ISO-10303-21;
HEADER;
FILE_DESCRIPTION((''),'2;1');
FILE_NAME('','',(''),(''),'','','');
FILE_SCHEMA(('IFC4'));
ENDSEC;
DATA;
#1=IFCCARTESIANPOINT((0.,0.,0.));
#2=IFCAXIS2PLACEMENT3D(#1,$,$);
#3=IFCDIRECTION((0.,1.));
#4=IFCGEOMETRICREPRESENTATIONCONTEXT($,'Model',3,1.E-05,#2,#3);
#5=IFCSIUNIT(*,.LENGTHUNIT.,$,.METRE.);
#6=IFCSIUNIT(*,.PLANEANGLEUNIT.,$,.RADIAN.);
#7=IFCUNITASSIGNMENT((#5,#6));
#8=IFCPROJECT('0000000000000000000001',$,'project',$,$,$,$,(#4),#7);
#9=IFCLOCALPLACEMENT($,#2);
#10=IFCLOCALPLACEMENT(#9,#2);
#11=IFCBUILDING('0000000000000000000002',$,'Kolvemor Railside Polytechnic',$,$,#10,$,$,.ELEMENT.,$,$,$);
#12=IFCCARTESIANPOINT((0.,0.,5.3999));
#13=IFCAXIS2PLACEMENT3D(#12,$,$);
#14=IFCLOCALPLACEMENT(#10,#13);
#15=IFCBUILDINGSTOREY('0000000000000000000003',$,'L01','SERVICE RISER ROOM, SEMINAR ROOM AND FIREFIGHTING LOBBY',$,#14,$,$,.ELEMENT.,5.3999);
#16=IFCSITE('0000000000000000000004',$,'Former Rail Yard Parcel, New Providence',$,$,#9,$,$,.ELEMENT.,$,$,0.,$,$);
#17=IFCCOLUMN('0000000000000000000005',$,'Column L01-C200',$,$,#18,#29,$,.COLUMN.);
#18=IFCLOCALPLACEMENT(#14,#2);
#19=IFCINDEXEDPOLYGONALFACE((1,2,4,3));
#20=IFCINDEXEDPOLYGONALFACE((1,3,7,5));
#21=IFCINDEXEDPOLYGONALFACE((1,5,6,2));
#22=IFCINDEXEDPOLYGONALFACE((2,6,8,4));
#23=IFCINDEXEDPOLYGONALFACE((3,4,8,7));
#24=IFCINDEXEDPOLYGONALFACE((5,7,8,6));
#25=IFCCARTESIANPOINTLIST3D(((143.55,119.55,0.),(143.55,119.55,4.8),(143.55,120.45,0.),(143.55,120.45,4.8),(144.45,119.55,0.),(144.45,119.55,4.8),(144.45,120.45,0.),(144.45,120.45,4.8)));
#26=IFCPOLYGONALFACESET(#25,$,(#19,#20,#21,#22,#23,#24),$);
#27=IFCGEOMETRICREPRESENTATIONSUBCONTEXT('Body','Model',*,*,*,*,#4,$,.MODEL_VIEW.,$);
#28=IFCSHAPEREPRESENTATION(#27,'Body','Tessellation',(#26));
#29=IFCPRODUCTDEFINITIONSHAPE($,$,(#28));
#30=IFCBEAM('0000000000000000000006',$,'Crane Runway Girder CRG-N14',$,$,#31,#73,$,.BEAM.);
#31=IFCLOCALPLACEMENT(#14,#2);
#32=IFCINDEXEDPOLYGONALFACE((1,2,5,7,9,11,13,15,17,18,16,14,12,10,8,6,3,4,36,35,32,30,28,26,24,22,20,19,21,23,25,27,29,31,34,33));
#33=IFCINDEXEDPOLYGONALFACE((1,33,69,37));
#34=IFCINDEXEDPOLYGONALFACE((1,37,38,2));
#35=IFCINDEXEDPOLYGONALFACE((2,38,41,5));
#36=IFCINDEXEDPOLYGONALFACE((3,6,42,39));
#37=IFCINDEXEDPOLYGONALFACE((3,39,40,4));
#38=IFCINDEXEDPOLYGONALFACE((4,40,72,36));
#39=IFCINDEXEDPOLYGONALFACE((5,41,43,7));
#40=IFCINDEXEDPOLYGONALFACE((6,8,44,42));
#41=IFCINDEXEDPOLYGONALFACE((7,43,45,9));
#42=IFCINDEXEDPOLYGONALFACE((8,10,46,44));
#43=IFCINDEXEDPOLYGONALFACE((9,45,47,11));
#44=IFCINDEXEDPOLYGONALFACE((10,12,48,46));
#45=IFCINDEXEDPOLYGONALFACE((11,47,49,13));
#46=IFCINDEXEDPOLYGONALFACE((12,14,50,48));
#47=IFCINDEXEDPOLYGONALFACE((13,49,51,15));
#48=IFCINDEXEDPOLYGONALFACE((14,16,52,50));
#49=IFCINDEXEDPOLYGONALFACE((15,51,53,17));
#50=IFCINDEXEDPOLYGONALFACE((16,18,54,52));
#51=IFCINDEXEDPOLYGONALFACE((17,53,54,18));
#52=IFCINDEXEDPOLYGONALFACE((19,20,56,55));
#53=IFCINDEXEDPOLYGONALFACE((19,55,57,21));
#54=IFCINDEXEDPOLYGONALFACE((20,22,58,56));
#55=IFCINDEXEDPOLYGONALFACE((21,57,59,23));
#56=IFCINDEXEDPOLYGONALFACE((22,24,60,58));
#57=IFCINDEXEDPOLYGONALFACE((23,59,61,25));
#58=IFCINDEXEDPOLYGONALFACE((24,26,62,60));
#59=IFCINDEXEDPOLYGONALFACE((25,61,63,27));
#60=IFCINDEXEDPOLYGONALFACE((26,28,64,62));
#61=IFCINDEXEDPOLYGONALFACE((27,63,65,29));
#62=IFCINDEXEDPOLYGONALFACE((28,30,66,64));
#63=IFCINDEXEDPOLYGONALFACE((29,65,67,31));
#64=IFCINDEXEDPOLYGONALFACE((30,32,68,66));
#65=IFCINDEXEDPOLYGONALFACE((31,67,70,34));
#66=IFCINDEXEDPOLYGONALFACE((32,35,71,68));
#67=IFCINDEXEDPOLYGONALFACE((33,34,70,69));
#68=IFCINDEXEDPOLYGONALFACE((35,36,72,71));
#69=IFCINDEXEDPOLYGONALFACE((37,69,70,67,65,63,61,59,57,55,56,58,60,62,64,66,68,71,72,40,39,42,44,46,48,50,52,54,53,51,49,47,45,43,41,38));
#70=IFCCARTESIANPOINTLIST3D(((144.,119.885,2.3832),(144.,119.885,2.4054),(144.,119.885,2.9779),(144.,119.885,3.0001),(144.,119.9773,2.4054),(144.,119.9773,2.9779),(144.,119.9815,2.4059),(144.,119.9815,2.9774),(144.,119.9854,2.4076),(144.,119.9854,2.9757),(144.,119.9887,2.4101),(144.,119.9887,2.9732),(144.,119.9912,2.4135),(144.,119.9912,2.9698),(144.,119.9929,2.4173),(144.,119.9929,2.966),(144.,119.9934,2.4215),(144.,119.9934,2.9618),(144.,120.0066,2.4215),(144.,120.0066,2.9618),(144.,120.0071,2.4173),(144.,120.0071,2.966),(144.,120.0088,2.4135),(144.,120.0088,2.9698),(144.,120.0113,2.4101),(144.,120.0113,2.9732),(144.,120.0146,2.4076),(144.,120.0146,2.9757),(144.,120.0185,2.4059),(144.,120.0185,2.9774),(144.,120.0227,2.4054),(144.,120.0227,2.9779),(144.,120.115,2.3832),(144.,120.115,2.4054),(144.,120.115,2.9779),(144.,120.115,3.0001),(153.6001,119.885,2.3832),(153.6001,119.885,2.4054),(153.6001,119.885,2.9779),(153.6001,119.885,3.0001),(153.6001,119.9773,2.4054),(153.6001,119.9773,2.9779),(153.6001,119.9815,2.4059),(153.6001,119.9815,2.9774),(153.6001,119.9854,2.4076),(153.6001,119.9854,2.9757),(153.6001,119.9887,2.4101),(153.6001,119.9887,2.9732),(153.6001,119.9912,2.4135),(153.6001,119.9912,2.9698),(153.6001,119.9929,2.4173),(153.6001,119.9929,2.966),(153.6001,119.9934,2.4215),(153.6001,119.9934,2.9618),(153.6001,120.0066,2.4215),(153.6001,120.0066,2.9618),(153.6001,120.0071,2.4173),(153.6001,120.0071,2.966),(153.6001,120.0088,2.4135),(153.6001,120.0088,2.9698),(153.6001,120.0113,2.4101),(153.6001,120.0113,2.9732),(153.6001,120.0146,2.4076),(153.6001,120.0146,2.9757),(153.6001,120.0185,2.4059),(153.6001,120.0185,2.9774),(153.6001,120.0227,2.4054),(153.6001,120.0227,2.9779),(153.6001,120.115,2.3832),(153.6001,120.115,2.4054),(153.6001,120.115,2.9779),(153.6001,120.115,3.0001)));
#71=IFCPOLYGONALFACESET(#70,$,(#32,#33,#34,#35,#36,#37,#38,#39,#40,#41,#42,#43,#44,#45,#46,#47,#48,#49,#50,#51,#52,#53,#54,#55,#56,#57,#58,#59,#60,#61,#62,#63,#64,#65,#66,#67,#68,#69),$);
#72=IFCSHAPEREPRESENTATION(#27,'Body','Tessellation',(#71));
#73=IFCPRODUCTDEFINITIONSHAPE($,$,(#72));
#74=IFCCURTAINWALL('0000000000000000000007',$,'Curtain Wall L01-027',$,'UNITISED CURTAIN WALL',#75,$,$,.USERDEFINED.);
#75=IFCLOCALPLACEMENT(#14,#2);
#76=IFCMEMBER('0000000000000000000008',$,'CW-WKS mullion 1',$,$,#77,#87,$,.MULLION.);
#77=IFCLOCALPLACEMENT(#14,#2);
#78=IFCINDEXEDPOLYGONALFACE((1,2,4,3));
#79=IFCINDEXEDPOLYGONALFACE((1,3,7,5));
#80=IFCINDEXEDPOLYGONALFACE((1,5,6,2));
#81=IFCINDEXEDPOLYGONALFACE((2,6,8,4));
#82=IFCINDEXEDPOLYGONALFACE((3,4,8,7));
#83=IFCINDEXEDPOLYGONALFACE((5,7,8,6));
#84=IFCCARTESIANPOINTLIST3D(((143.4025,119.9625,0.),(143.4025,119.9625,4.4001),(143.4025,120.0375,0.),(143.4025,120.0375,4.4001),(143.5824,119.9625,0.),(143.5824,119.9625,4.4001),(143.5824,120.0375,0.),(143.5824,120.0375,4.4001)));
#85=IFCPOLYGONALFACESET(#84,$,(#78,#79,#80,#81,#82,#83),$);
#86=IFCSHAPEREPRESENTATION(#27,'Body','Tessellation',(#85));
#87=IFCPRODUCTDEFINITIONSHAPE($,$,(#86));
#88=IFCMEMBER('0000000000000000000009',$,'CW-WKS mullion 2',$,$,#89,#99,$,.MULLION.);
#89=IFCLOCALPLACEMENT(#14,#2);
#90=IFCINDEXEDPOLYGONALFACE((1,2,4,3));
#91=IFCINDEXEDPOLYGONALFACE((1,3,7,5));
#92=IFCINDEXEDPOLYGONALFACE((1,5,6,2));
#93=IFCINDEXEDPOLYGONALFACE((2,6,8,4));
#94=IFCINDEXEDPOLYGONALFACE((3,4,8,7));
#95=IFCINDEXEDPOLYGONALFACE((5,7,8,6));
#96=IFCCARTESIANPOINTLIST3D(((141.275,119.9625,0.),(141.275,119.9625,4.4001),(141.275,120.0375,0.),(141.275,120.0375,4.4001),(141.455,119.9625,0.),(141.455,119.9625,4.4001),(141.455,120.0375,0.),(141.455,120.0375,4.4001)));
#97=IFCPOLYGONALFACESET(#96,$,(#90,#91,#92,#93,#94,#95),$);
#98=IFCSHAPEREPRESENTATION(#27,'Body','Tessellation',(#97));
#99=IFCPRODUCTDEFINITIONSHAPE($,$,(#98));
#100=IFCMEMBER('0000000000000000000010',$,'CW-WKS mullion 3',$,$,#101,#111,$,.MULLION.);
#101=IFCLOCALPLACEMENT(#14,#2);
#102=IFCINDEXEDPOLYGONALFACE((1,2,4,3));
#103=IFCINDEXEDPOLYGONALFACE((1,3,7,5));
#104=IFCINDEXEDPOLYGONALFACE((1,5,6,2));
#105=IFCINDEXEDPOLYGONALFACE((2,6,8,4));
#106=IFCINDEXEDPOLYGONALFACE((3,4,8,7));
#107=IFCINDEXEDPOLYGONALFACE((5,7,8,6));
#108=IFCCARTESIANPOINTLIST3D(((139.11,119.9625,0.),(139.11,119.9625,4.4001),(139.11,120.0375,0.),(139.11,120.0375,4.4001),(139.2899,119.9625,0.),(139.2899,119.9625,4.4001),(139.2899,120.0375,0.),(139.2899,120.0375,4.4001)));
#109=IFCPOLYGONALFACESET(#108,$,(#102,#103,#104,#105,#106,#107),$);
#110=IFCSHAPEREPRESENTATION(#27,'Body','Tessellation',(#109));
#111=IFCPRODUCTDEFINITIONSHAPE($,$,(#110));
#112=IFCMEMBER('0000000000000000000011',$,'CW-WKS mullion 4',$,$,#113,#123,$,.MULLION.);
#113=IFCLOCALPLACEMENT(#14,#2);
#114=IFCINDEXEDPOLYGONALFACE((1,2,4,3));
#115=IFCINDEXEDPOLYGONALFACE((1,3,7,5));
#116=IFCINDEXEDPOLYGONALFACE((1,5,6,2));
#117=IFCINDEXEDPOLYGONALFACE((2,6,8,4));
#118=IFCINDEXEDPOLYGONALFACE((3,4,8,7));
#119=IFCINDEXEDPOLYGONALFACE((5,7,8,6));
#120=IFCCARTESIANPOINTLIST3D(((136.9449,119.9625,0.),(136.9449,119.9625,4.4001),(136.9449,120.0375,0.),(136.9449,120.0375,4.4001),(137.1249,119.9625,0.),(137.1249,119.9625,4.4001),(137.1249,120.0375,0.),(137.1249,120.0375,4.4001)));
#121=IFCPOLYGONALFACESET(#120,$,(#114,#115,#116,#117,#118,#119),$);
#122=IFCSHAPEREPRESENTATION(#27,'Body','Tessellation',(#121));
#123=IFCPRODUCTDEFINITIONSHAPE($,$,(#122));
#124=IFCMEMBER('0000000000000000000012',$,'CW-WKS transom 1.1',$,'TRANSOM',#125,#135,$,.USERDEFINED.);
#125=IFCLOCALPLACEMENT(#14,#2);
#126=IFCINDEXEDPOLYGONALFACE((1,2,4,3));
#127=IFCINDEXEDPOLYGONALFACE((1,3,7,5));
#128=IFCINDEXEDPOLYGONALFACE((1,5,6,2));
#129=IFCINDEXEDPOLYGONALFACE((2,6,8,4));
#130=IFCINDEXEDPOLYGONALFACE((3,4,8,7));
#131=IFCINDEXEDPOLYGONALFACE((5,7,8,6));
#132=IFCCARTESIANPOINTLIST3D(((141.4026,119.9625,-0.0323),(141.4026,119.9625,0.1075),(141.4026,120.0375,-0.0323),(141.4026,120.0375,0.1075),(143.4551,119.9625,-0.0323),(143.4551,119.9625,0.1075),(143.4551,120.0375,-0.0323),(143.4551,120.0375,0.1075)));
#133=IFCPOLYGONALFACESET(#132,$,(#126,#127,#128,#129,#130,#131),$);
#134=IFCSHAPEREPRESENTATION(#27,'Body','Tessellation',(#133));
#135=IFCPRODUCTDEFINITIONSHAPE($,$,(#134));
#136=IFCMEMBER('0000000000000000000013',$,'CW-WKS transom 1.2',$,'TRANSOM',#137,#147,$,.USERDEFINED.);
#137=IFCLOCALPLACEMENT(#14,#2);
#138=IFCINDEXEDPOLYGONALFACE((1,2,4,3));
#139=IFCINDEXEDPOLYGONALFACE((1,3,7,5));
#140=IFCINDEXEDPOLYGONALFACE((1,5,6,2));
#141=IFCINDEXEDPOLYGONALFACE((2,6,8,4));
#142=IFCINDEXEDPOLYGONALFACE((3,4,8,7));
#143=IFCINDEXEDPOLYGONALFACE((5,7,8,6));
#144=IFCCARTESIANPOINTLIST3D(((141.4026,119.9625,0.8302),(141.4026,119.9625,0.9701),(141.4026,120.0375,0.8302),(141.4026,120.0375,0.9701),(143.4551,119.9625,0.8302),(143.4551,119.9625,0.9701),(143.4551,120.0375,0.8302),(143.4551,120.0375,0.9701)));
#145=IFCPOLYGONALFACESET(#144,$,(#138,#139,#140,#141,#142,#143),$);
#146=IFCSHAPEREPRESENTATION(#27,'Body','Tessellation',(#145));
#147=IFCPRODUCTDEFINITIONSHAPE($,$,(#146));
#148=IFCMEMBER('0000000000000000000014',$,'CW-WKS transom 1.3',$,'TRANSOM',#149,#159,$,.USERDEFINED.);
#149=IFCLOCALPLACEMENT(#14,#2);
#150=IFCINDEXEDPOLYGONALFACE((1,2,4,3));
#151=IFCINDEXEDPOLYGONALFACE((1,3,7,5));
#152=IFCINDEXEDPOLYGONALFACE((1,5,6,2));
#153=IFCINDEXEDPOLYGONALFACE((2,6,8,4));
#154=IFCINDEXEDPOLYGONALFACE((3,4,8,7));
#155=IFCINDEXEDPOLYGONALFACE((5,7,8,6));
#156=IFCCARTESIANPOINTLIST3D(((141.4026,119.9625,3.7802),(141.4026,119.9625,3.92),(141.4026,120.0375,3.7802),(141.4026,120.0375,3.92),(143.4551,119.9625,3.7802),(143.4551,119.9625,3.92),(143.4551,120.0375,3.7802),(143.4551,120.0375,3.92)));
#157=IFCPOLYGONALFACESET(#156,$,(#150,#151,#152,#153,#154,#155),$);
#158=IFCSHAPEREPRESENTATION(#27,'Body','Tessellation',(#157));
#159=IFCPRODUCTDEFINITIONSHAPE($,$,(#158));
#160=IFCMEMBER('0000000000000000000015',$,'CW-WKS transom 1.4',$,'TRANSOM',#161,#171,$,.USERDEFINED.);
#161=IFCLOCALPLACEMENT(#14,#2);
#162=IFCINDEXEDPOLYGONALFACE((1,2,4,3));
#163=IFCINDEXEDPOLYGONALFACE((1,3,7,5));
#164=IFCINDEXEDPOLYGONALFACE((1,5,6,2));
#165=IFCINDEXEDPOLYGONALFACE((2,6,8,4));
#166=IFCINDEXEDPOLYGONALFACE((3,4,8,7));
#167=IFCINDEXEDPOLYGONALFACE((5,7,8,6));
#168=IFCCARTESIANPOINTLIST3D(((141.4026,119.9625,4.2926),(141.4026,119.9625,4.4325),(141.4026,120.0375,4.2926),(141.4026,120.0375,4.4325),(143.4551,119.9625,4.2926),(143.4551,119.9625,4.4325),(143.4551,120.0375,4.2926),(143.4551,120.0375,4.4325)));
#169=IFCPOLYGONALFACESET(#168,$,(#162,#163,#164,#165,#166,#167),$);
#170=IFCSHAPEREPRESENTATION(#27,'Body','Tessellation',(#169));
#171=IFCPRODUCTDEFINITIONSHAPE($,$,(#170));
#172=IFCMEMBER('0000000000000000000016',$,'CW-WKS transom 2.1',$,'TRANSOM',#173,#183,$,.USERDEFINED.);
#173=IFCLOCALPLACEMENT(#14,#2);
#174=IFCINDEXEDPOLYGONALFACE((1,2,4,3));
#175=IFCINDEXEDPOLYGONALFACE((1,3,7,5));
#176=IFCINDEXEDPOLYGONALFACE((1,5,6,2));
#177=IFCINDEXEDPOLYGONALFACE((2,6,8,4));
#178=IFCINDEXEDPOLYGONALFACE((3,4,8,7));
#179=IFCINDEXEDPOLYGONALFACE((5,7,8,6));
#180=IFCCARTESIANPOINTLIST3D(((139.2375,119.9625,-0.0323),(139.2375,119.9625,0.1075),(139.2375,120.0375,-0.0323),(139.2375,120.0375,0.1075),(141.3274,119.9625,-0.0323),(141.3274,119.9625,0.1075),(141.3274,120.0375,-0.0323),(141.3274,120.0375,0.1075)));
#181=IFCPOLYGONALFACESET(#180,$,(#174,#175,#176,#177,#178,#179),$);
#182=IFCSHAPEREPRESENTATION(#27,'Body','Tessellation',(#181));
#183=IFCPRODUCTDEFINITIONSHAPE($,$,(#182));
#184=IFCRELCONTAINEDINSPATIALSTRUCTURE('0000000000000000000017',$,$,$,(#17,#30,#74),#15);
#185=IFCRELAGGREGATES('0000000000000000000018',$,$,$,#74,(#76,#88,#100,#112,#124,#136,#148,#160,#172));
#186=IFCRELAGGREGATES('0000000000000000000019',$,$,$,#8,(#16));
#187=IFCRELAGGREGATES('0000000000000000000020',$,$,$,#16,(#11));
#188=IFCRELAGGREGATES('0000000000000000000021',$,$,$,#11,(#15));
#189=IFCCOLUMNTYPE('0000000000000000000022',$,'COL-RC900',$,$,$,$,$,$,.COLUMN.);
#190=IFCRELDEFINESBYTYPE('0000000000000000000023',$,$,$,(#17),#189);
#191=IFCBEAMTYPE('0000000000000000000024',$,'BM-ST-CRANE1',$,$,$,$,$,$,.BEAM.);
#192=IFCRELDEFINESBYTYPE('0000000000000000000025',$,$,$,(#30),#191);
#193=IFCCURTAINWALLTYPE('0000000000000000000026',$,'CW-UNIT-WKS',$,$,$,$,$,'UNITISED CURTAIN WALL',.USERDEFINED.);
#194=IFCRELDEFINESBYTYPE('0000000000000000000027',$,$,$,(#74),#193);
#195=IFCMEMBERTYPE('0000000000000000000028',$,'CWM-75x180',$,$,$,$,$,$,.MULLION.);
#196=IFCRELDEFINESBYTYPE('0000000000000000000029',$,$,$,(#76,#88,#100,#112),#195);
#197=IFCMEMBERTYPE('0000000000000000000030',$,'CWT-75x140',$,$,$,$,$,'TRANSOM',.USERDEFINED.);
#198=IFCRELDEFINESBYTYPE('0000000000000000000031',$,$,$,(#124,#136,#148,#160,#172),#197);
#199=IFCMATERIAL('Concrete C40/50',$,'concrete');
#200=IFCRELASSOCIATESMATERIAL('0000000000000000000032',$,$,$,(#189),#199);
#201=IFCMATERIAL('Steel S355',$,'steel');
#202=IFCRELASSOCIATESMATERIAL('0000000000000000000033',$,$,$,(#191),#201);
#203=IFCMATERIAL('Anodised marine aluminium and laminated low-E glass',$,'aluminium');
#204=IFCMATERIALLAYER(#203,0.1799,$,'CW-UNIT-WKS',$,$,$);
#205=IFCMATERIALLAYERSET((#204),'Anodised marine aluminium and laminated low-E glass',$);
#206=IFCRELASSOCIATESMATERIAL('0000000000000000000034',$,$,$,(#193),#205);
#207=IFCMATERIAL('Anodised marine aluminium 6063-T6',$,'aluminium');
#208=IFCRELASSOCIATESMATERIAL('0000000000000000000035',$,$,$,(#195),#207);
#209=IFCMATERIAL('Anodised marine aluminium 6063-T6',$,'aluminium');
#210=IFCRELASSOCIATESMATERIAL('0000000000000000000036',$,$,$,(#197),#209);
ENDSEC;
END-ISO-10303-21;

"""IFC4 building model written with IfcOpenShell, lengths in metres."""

from ifc_helpers import new_model, si_unit, direction, frame, origin, origin_2d, place, context, subcontext, project, spatial, rectangle, i_section, extrude, material, layer, layer_set, material_profile, profile_set, type_object, element, aggregate, save


model = new_model("IFC4")

# Units and contexts
model_context = context("Model", 3, precision=1e-05, world=origin(), true_north=direction((0.0, 1.0)))
body_context = subcontext(model_context, "Body", "Model", "MODEL_VIEW")
ifc_project = project(units=[si_unit("LENGTHUNIT", "METRE"), si_unit("PLANEANGLEUNIT", "RADIAN")], contexts=[model_context])

# Site, building, storey
site_placement = place(None, origin())
site = spatial("IfcSite", under=ifc_project, at=site_placement, Name="Former Rail Yard Parcel, New Providence", CompositionType="ELEMENT", RefElevation=0.0)
building_placement = place(site_placement, origin())
building = spatial("IfcBuilding", under=site, at=building_placement, Name="Kolvemor Railside Polytechnic", CompositionType="ELEMENT")
storey_placement = place(building_placement, frame((0.0, 0.0, 5.3999)))
storey = spatial("IfcBuildingStorey", under=building, at=storey_placement, Name="L01", Description="SERVICE RISER ROOM, SEMINAR ROOM AND FIREFIGHTING LOBBY", CompositionType="ELEMENT", Elevation=5.3999)

# Column
ifc_material_1 = material(Name="Concrete C40/50", Category="concrete")
ifc_material_profile_1 = material_profile(ifc_material_1, rectangle(XDim=0.8999, YDim=0.8999, at=origin_2d()), Name="RC900x900")
ifc_profile_set_1 = profile_set([ifc_material_profile_1], Name="Concrete C40/50")
column_type = type_object("IfcColumnType", Name="COL-RC900", PredefinedType="COLUMN", material=ifc_profile_set_1)
column_placement = place(storey_placement, frame((144.0, 120.0, 0.0), z_axis=(0.0, 0.0, 1.0), x_axis=(1.0, 0.0, 0.0)))
element("IfcColumn", 1, at=column_placement, inside=storey, type_object=column_type, Name="Column L01-C200", PredefinedType="COLUMN", context=body_context, shape_type="SweptSolid", body=[
    extrude(rectangle(XDim=0.8999, YDim=0.8999, at=origin_2d()), origin(), (0.0, 0.0, 1.0), 4.8),
])

# Beam
ifc_material_2 = material(Name="Steel S355", Category="steel")
ifc_material_profile_2 = material_profile(ifc_material_2, i_section(OverallWidth=0.23, OverallDepth=0.6169, WebThickness=0.0132, FlangeThickness=0.0222, FilletRadius=0.0161, at=origin_2d()), Name="W610x140")
ifc_profile_set_2 = profile_set([ifc_material_profile_2], Name="Steel S355")
beam_type = type_object("IfcBeamType", Name="BM-ST-CRANE1", PredefinedType="BEAM", material=ifc_profile_set_2)
beam_placement = place(storey_placement, frame((144.0, 120.0, 2.6917), z_axis=(1.0, 0.0, 0.0), x_axis=(0.0, 1.0, 0.0)))
element("IfcBeam", 2, at=beam_placement, inside=storey, type_object=beam_type, Name="Crane Runway Girder CRG-N14", PredefinedType="BEAM", context=body_context, shape_type="SweptSolid", body=[
    extrude(i_section(OverallWidth=0.23, OverallDepth=0.6169, WebThickness=0.0132, FlangeThickness=0.0222, FilletRadius=0.0161, at=origin_2d()), origin(), (0.0, 0.0, 1.0), 9.6001),
])

# Curtain wall, members
ifc_material_3 = material(Name="Anodised marine aluminium and laminated low-E glass", Category="aluminium")
ifc_layer_1 = layer(ifc_material_3, 0.1799, Name="CW-UNIT-WKS")
ifc_layer_set_1 = layer_set([ifc_layer_1], Name="Anodised marine aluminium and laminated low-E glass")
curtain_wall_type = type_object("IfcCurtainWallType", Name="CW-UNIT-WKS", ElementType="UNITISED CURTAIN WALL", PredefinedType="USERDEFINED", material=ifc_layer_set_1)
curtain_wall_placement = place(storey_placement, origin())
curtain_wall = element("IfcCurtainWall", 3, at=curtain_wall_placement, inside=storey, type_object=curtain_wall_type, Name="Curtain Wall L01-027", ObjectType="UNITISED CURTAIN WALL", PredefinedType="USERDEFINED")
ifc_material_4 = material(Name="Anodised marine aluminium 6063-T6", Category="aluminium")
ifc_material_profile_3 = material_profile(ifc_material_4, rectangle(XDim=0.075, YDim=0.1799, at=origin_2d()), Name="CW-MUL-75x180")
ifc_profile_set_3 = profile_set([ifc_material_profile_3], Name="Anodised marine aluminium 6063-T6")
member_type_1 = type_object("IfcMemberType", Name="CWM-75x180", PredefinedType="MULLION", material=ifc_profile_set_3)
member_1_placement = place(storey_placement, frame((143.4924, 120.0, 0.0), z_axis=(0.0, 0.0, 1.0), x_axis=(0.0, -1.0, 0.0)))
member_1 = element("IfcMember", 4, at=member_1_placement, type_object=member_type_1, Name="CW-WKS mullion 1", PredefinedType="MULLION", context=body_context, shape_type="SweptSolid", body=[
    extrude(rectangle(XDim=0.075, YDim=0.1799, at=origin_2d()), origin(), (0.0, 0.0, 1.0), 4.4001),
])
member_2_placement = place(storey_placement, frame((141.365, 120.0, 0.0), z_axis=(0.0, 0.0, 1.0), x_axis=(0.0, -1.0, 0.0)))
member_2 = element("IfcMember", 5, at=member_2_placement, type_object=member_type_1, Name="CW-WKS mullion 2", PredefinedType="MULLION", context=body_context, shape_type="SweptSolid", body=[
    extrude(rectangle(XDim=0.075, YDim=0.1799, at=origin_2d()), origin(), (0.0, 0.0, 1.0), 4.4001),
])
member_3_placement = place(storey_placement, frame((139.2, 120.0, 0.0), z_axis=(0.0, 0.0, 1.0), x_axis=(0.0, -1.0, 0.0)))
member_3 = element("IfcMember", 6, at=member_3_placement, type_object=member_type_1, Name="CW-WKS mullion 3", PredefinedType="MULLION", context=body_context, shape_type="SweptSolid", body=[
    extrude(rectangle(XDim=0.075, YDim=0.1799, at=origin_2d()), origin(), (0.0, 0.0, 1.0), 4.4001),
])
member_4_placement = place(storey_placement, frame((137.0349, 120.0, 0.0), z_axis=(0.0, 0.0, 1.0), x_axis=(0.0, -1.0, 0.0)))
member_4 = element("IfcMember", 7, at=member_4_placement, type_object=member_type_1, Name="CW-WKS mullion 4", PredefinedType="MULLION", context=body_context, shape_type="SweptSolid", body=[
    extrude(rectangle(XDim=0.075, YDim=0.1799, at=origin_2d()), origin(), (0.0, 0.0, 1.0), 4.4001),
])
ifc_material_5 = material(Name="Anodised marine aluminium 6063-T6", Category="aluminium")
ifc_material_profile_4 = material_profile(ifc_material_5, rectangle(XDim=0.075, YDim=0.1399, at=origin_2d()), Name="CW-TRN-75x140")
ifc_profile_set_4 = profile_set([ifc_material_profile_4], Name="Anodised marine aluminium 6063-T6")
member_type_2 = type_object("IfcMemberType", Name="CWT-75x140", ElementType="TRANSOM", PredefinedType="USERDEFINED", material=ifc_profile_set_4)
member_5_placement = place(storey_placement, frame((143.4551, 120.0, 0.0376), z_axis=(-1.0, 0.0, 0.0), x_axis=(0.0, -1.0, 0.0)))
member_5 = element("IfcMember", 8, at=member_5_placement, type_object=member_type_2, Name="CW-WKS transom 1.1", ObjectType="TRANSOM", PredefinedType="USERDEFINED", context=body_context, shape_type="SweptSolid", body=[
    extrude(rectangle(XDim=0.075, YDim=0.1399, at=origin_2d()), origin(), (0.0, 0.0, 1.0), 2.0525),
])
member_6_placement = place(storey_placement, frame((143.4551, 120.0, 0.9001), z_axis=(-1.0, 0.0, 0.0), x_axis=(0.0, -1.0, 0.0)))
member_6 = element("IfcMember", 9, at=member_6_placement, type_object=member_type_2, Name="CW-WKS transom 1.2", ObjectType="TRANSOM", PredefinedType="USERDEFINED", context=body_context, shape_type="SweptSolid", body=[
    extrude(rectangle(XDim=0.075, YDim=0.1399, at=origin_2d()), origin(), (0.0, 0.0, 1.0), 2.0525),
])
member_7_placement = place(storey_placement, frame((143.4551, 120.0, 3.8501), z_axis=(-1.0, 0.0, 0.0), x_axis=(0.0, -1.0, 0.0)))
member_7 = element("IfcMember", 10, at=member_7_placement, type_object=member_type_2, Name="CW-WKS transom 1.3", ObjectType="TRANSOM", PredefinedType="USERDEFINED", context=body_context, shape_type="SweptSolid", body=[
    extrude(rectangle(XDim=0.075, YDim=0.1399, at=origin_2d()), origin(), (0.0, 0.0, 1.0), 2.0525),
])
member_8_placement = place(storey_placement, frame((143.4551, 120.0, 4.3625), z_axis=(-1.0, 0.0, 0.0), x_axis=(0.0, -1.0, 0.0)))
member_8 = element("IfcMember", 11, at=member_8_placement, type_object=member_type_2, Name="CW-WKS transom 1.4", ObjectType="TRANSOM", PredefinedType="USERDEFINED", context=body_context, shape_type="SweptSolid", body=[
    extrude(rectangle(XDim=0.075, YDim=0.1399, at=origin_2d()), origin(), (0.0, 0.0, 1.0), 2.0525),
])
member_9_placement = place(storey_placement, frame((141.3274, 120.0, 0.0376), z_axis=(-1.0, 0.0, 0.0), x_axis=(0.0, -1.0, 0.0)))
member_9 = element("IfcMember", 12, at=member_9_placement, type_object=member_type_2, Name="CW-WKS transom 2.1", ObjectType="TRANSOM", PredefinedType="USERDEFINED", context=body_context, shape_type="SweptSolid", body=[
    extrude(rectangle(XDim=0.075, YDim=0.1399, at=origin_2d()), origin(), (0.0, 0.0, 1.0), 2.0898),
])

aggregate(curtain_wall, [member_1, member_2, member_3, member_4, member_5, member_6, member_7, member_8, member_9])

save(model, "model.ifc")
